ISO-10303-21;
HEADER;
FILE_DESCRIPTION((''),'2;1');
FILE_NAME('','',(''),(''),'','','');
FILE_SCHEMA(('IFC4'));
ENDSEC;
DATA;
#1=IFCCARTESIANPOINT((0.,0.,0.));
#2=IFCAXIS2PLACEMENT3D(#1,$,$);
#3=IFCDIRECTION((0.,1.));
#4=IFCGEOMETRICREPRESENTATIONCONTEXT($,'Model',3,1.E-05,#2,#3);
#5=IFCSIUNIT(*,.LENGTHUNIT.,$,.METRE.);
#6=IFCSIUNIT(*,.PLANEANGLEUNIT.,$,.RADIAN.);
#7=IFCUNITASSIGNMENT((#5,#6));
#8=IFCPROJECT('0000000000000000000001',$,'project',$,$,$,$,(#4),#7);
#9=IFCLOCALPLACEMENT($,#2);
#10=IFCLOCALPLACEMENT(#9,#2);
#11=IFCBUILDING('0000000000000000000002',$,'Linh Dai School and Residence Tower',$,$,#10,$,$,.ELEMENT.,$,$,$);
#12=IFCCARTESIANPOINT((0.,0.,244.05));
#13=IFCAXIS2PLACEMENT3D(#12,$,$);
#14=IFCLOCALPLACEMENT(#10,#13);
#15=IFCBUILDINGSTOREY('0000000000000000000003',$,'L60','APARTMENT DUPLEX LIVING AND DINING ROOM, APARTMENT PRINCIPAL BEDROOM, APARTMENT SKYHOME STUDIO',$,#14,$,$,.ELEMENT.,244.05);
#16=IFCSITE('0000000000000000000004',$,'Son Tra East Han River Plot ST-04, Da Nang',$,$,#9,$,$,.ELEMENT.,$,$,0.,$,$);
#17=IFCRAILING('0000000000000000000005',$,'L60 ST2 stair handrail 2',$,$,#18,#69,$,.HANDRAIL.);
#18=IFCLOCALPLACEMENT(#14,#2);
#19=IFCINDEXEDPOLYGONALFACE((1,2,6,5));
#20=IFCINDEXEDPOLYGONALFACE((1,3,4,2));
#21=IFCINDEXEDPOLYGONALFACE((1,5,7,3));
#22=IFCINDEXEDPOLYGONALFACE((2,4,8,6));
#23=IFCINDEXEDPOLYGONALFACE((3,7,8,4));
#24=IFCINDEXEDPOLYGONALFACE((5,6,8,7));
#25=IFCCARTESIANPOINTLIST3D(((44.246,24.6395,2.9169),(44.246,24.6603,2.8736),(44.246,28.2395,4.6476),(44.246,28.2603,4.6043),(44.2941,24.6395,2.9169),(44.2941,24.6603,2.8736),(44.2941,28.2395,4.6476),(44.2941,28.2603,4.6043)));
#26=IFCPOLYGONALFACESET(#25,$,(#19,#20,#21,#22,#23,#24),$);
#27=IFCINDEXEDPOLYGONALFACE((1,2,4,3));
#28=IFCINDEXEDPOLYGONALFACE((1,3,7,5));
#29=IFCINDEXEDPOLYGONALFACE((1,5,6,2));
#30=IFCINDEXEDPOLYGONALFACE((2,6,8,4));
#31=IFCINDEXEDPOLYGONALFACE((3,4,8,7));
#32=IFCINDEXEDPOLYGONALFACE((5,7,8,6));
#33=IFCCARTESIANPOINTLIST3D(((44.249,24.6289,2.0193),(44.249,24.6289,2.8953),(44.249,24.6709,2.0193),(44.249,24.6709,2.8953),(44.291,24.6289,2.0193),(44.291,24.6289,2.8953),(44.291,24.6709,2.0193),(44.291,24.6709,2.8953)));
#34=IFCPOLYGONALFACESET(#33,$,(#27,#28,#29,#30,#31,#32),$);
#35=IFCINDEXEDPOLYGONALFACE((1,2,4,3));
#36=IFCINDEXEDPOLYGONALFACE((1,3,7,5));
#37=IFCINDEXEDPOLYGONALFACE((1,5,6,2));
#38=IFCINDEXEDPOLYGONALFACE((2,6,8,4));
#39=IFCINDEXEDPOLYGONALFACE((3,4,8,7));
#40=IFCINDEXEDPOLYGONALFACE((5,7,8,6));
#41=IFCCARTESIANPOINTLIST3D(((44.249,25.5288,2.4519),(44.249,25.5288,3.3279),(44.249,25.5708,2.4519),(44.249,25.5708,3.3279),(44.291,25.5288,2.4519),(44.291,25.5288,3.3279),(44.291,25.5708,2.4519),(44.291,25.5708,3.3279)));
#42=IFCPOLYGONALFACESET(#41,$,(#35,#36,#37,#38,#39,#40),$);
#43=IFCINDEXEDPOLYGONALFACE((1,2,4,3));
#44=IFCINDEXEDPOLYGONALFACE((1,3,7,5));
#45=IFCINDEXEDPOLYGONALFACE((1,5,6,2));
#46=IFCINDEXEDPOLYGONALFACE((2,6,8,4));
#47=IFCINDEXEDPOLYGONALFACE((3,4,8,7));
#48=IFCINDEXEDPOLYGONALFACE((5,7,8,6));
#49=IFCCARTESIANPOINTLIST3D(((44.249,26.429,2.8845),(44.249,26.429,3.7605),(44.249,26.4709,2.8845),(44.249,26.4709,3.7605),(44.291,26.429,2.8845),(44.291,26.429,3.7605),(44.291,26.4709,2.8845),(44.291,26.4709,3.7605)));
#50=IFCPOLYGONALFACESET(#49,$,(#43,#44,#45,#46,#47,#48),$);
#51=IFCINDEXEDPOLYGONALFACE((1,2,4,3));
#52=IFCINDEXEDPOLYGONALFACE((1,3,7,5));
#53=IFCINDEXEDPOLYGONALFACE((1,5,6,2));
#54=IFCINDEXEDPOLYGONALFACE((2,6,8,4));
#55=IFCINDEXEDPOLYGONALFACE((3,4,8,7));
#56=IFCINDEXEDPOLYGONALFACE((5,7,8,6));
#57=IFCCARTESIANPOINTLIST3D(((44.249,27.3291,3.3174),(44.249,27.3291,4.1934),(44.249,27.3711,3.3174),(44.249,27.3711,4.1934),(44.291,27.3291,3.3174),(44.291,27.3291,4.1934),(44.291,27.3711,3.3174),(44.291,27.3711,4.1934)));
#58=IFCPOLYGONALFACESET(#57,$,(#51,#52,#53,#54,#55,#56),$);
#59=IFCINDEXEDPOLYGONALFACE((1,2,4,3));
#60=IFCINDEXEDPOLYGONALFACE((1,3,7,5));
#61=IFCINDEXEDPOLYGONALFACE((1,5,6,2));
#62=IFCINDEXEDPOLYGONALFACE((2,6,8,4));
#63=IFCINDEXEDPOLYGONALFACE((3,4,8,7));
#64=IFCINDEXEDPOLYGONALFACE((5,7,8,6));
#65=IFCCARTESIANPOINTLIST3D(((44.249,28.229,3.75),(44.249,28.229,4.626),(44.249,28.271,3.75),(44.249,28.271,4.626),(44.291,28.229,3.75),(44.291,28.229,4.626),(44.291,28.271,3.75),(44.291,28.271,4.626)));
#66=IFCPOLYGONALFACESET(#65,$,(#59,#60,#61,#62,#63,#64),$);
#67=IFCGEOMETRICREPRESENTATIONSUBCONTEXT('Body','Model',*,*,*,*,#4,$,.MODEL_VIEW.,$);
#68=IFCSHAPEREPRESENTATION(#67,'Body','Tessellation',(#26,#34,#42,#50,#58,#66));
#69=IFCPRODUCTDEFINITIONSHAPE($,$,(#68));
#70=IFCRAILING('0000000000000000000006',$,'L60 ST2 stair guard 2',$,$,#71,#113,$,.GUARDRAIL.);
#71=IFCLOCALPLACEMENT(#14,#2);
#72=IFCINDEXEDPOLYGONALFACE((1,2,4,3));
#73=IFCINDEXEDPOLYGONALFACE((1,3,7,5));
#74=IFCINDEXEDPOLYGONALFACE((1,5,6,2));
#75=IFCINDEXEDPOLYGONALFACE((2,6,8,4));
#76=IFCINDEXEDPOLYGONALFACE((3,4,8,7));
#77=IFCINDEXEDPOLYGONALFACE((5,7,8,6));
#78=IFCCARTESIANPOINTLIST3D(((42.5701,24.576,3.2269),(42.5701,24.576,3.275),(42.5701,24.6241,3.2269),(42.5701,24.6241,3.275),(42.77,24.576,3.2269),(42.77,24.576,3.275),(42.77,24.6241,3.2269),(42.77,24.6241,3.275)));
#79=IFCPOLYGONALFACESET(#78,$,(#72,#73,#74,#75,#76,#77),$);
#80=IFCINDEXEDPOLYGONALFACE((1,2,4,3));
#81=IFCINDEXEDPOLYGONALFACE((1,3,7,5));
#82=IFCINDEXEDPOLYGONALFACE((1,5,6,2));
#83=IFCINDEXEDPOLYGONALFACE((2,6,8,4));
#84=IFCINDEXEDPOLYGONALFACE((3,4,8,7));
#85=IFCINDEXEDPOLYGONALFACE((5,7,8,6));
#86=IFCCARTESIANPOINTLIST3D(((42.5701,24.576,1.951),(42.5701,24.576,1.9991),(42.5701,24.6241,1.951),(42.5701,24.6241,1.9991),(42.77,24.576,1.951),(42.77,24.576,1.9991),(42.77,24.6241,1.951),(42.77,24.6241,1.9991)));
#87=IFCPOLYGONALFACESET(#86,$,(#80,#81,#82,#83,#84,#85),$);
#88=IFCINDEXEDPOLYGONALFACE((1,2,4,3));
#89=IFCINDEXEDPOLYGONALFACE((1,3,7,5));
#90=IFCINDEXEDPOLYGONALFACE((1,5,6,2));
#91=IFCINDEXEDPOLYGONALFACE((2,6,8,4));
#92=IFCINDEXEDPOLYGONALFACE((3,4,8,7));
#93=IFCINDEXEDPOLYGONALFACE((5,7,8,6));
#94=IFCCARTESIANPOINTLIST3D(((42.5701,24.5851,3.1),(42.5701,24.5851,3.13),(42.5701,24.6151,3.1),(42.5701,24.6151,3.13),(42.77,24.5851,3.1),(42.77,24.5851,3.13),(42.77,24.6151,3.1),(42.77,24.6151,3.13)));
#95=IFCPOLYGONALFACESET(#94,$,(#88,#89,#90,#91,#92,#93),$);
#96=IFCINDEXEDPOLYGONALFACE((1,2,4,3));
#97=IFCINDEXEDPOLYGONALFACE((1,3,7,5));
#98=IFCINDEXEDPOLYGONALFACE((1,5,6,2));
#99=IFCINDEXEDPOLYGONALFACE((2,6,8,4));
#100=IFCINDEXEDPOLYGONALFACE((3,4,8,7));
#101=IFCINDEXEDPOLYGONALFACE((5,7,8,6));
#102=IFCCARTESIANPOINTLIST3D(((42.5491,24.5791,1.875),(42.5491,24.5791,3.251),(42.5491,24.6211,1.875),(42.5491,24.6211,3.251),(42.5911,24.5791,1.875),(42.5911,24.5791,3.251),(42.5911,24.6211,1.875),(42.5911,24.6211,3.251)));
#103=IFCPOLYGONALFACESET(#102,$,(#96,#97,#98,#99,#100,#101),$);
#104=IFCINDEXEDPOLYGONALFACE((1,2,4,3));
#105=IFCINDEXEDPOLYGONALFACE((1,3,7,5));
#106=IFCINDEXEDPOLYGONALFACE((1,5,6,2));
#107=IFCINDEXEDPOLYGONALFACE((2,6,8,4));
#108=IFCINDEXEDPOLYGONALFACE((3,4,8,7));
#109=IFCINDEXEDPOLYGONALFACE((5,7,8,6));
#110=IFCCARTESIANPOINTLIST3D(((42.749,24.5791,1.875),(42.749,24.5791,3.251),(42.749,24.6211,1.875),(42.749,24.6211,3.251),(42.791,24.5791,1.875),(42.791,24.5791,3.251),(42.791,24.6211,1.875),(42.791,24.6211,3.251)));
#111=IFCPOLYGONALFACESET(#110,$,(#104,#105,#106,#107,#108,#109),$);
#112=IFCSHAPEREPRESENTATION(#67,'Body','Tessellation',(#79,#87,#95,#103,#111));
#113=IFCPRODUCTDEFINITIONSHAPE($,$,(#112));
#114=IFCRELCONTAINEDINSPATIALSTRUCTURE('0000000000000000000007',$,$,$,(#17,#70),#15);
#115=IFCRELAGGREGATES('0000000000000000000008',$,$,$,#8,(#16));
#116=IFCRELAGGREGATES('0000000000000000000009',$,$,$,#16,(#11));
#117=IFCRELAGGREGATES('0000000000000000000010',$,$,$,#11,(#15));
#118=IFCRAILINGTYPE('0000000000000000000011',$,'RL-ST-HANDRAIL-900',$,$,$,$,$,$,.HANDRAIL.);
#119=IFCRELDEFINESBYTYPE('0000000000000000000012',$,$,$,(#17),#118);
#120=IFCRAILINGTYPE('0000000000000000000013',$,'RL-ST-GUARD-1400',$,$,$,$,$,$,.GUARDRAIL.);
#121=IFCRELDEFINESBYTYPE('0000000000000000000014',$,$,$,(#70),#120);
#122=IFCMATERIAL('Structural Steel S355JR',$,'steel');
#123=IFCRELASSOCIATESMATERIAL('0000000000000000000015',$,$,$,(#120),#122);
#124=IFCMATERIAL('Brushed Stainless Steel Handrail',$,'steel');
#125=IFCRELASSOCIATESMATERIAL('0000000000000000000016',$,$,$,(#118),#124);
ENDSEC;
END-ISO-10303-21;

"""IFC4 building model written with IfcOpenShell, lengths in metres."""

from ifc_helpers import new_model, si_unit, direction, frame, origin, origin_2d, place, context, subcontext, project, spatial, rectangle, extrude, source, transform, mapped, material, type_object, element, save


model = new_model("IFC4")

# Units and contexts
model_context = context("Model", 3, precision=1e-05, world=origin(), true_north=direction((0.0, 1.0)))
body_context = subcontext(model_context, "Body", "Model", "MODEL_VIEW")
ifc_project = project(units=[si_unit("LENGTHUNIT", "METRE"), si_unit("PLANEANGLEUNIT", "RADIAN")], contexts=[model_context])

# Site, building, storey
site_placement = place(None, origin())
site = spatial("IfcSite", under=ifc_project, at=site_placement, Name="Son Tra East Han River Plot ST-04, Da Nang", CompositionType="ELEMENT", RefElevation=0.0)
building_placement = place(site_placement, origin())
building = spatial("IfcBuilding", under=site, at=building_placement, Name="Linh Dai School and Residence Tower", CompositionType="ELEMENT")
storey_placement = place(building_placement, frame((0.0, 0.0, 244.05)))
storey = spatial("IfcBuildingStorey", under=building, at=storey_placement, Name="L60", Description="APARTMENT DUPLEX LIVING AND DINING ROOM, APARTMENT PRINCIPAL BEDROOM, APARTMENT SKYHOME STUDIO", CompositionType="ELEMENT", Elevation=244.05)

# Shared definitions
ifc_material_1 = material(Name="Structural Steel S355JR", Category="steel")

# Railings
railing_type_1 = type_object("IfcRailingType", Name="RL-ST-GUARD-1400", PredefinedType="GUARDRAIL", material=ifc_material_1)
ifc_material_2 = material(Name="Brushed Stainless Steel Handrail", Category="steel")
railing_type_2 = type_object("IfcRailingType", Name="RL-ST-HANDRAIL-900", PredefinedType="HANDRAIL", material=ifc_material_2)
shared_shape_1 = source(origin(), body_context, "Body", "SweptSolid", [
    extrude(rectangle(XDim=0.0481, YDim=0.0481, at=origin_2d()), frame((0.0, 0.0, 0.876), z_axis=(0.0, 0.901263, 0.433273), x_axis=(-1.0, 0.0, 0.0)), (0.0, 0.0, 1.0), 3.9944),
    extrude(rectangle(XDim=0.042, YDim=0.042, at=origin_2d()), origin(), (0.0, 0.0, 1.0), 0.876),
    extrude(rectangle(XDim=0.042, YDim=0.042, at=origin_2d()), frame((0.0, 0.8999, 0.4326)), (0.0, 0.0, 1.0), 0.876),
    extrude(rectangle(XDim=0.042, YDim=0.042, at=origin_2d()), frame((0.0, 1.8, 0.8652)), (0.0, 0.0, 1.0), 0.876),
    extrude(rectangle(XDim=0.042, YDim=0.042, at=origin_2d()), frame((0.0, 2.7002, 1.2981)), (0.0, 0.0, 1.0), 0.876),
    extrude(rectangle(XDim=0.042, YDim=0.042, at=origin_2d()), frame((0.0, 3.6001, 1.7307)), (0.0, 0.0, 1.0), 0.876),
])
railing_1_placement = place(storey_placement, frame((44.27, 24.6499, 2.0193)))
element("IfcRailing", 1, at=railing_1_placement, inside=storey, type_object=railing_type_2, Name="L60 ST2 stair handrail 2", PredefinedType="HANDRAIL", context=body_context, shape_type="MappedRepresentation", body=[
    mapped(shared_shape_1, transform((0.0, 0.0, 0.0), x_axis=(1.0, 0.0, 0.0), y_axis=(0.0, 1.0, 0.0), z_axis=(0.0, 0.0, 1.0), scale=1.0)),
])
shared_shape_2 = source(origin(), body_context, "Body", "SweptSolid", [
    extrude(rectangle(XDim=0.0481, YDim=0.0481, at=origin_2d()), frame((0.0, 0.0, 1.376), z_axis=(1.0, 0.0, 0.0), x_axis=(0.0, 1.0, 0.0)), (0.0, 0.0, 1.0), 0.2),
    extrude(rectangle(XDim=0.0481, YDim=0.0481, at=origin_2d()), frame((0.0, 0.0, 0.1001), z_axis=(1.0, 0.0, 0.0), x_axis=(0.0, 1.0, 0.0)), (0.0, 0.0, 1.0), 0.2),
    extrude(rectangle(XDim=0.03, YDim=0.03, at=origin_2d()), frame((0.0, 0.0, 1.24), z_axis=(1.0, 0.0, 0.0), x_axis=(0.0, 1.0, 0.0)), (0.0, 0.0, 1.0), 0.2),
    extrude(rectangle(XDim=0.042, YDim=0.042, at=origin_2d()), origin(), (0.0, 0.0, 1.0), 1.376),
    extrude(rectangle(XDim=0.042, YDim=0.042, at=origin_2d()), frame((0.2, 0.0, 0.0)), (0.0, 0.0, 1.0), 1.376),
])
railing_2_placement = place(storey_placement, frame((42.5701, 24.6001, 1.875)))
element("IfcRailing", 2, at=railing_2_placement, inside=storey, type_object=railing_type_1, Name="L60 ST2 stair guard 2", PredefinedType="GUARDRAIL", context=body_context, shape_type="MappedRepresentation", body=[
    mapped(shared_shape_2, transform((0.0, 0.0, 0.0), x_axis=(1.0, 0.0, 0.0), y_axis=(0.0, 1.0, 0.0), z_axis=(0.0, 0.0, 1.0), scale=1.0)),
])

save(model, "model.ifc")
